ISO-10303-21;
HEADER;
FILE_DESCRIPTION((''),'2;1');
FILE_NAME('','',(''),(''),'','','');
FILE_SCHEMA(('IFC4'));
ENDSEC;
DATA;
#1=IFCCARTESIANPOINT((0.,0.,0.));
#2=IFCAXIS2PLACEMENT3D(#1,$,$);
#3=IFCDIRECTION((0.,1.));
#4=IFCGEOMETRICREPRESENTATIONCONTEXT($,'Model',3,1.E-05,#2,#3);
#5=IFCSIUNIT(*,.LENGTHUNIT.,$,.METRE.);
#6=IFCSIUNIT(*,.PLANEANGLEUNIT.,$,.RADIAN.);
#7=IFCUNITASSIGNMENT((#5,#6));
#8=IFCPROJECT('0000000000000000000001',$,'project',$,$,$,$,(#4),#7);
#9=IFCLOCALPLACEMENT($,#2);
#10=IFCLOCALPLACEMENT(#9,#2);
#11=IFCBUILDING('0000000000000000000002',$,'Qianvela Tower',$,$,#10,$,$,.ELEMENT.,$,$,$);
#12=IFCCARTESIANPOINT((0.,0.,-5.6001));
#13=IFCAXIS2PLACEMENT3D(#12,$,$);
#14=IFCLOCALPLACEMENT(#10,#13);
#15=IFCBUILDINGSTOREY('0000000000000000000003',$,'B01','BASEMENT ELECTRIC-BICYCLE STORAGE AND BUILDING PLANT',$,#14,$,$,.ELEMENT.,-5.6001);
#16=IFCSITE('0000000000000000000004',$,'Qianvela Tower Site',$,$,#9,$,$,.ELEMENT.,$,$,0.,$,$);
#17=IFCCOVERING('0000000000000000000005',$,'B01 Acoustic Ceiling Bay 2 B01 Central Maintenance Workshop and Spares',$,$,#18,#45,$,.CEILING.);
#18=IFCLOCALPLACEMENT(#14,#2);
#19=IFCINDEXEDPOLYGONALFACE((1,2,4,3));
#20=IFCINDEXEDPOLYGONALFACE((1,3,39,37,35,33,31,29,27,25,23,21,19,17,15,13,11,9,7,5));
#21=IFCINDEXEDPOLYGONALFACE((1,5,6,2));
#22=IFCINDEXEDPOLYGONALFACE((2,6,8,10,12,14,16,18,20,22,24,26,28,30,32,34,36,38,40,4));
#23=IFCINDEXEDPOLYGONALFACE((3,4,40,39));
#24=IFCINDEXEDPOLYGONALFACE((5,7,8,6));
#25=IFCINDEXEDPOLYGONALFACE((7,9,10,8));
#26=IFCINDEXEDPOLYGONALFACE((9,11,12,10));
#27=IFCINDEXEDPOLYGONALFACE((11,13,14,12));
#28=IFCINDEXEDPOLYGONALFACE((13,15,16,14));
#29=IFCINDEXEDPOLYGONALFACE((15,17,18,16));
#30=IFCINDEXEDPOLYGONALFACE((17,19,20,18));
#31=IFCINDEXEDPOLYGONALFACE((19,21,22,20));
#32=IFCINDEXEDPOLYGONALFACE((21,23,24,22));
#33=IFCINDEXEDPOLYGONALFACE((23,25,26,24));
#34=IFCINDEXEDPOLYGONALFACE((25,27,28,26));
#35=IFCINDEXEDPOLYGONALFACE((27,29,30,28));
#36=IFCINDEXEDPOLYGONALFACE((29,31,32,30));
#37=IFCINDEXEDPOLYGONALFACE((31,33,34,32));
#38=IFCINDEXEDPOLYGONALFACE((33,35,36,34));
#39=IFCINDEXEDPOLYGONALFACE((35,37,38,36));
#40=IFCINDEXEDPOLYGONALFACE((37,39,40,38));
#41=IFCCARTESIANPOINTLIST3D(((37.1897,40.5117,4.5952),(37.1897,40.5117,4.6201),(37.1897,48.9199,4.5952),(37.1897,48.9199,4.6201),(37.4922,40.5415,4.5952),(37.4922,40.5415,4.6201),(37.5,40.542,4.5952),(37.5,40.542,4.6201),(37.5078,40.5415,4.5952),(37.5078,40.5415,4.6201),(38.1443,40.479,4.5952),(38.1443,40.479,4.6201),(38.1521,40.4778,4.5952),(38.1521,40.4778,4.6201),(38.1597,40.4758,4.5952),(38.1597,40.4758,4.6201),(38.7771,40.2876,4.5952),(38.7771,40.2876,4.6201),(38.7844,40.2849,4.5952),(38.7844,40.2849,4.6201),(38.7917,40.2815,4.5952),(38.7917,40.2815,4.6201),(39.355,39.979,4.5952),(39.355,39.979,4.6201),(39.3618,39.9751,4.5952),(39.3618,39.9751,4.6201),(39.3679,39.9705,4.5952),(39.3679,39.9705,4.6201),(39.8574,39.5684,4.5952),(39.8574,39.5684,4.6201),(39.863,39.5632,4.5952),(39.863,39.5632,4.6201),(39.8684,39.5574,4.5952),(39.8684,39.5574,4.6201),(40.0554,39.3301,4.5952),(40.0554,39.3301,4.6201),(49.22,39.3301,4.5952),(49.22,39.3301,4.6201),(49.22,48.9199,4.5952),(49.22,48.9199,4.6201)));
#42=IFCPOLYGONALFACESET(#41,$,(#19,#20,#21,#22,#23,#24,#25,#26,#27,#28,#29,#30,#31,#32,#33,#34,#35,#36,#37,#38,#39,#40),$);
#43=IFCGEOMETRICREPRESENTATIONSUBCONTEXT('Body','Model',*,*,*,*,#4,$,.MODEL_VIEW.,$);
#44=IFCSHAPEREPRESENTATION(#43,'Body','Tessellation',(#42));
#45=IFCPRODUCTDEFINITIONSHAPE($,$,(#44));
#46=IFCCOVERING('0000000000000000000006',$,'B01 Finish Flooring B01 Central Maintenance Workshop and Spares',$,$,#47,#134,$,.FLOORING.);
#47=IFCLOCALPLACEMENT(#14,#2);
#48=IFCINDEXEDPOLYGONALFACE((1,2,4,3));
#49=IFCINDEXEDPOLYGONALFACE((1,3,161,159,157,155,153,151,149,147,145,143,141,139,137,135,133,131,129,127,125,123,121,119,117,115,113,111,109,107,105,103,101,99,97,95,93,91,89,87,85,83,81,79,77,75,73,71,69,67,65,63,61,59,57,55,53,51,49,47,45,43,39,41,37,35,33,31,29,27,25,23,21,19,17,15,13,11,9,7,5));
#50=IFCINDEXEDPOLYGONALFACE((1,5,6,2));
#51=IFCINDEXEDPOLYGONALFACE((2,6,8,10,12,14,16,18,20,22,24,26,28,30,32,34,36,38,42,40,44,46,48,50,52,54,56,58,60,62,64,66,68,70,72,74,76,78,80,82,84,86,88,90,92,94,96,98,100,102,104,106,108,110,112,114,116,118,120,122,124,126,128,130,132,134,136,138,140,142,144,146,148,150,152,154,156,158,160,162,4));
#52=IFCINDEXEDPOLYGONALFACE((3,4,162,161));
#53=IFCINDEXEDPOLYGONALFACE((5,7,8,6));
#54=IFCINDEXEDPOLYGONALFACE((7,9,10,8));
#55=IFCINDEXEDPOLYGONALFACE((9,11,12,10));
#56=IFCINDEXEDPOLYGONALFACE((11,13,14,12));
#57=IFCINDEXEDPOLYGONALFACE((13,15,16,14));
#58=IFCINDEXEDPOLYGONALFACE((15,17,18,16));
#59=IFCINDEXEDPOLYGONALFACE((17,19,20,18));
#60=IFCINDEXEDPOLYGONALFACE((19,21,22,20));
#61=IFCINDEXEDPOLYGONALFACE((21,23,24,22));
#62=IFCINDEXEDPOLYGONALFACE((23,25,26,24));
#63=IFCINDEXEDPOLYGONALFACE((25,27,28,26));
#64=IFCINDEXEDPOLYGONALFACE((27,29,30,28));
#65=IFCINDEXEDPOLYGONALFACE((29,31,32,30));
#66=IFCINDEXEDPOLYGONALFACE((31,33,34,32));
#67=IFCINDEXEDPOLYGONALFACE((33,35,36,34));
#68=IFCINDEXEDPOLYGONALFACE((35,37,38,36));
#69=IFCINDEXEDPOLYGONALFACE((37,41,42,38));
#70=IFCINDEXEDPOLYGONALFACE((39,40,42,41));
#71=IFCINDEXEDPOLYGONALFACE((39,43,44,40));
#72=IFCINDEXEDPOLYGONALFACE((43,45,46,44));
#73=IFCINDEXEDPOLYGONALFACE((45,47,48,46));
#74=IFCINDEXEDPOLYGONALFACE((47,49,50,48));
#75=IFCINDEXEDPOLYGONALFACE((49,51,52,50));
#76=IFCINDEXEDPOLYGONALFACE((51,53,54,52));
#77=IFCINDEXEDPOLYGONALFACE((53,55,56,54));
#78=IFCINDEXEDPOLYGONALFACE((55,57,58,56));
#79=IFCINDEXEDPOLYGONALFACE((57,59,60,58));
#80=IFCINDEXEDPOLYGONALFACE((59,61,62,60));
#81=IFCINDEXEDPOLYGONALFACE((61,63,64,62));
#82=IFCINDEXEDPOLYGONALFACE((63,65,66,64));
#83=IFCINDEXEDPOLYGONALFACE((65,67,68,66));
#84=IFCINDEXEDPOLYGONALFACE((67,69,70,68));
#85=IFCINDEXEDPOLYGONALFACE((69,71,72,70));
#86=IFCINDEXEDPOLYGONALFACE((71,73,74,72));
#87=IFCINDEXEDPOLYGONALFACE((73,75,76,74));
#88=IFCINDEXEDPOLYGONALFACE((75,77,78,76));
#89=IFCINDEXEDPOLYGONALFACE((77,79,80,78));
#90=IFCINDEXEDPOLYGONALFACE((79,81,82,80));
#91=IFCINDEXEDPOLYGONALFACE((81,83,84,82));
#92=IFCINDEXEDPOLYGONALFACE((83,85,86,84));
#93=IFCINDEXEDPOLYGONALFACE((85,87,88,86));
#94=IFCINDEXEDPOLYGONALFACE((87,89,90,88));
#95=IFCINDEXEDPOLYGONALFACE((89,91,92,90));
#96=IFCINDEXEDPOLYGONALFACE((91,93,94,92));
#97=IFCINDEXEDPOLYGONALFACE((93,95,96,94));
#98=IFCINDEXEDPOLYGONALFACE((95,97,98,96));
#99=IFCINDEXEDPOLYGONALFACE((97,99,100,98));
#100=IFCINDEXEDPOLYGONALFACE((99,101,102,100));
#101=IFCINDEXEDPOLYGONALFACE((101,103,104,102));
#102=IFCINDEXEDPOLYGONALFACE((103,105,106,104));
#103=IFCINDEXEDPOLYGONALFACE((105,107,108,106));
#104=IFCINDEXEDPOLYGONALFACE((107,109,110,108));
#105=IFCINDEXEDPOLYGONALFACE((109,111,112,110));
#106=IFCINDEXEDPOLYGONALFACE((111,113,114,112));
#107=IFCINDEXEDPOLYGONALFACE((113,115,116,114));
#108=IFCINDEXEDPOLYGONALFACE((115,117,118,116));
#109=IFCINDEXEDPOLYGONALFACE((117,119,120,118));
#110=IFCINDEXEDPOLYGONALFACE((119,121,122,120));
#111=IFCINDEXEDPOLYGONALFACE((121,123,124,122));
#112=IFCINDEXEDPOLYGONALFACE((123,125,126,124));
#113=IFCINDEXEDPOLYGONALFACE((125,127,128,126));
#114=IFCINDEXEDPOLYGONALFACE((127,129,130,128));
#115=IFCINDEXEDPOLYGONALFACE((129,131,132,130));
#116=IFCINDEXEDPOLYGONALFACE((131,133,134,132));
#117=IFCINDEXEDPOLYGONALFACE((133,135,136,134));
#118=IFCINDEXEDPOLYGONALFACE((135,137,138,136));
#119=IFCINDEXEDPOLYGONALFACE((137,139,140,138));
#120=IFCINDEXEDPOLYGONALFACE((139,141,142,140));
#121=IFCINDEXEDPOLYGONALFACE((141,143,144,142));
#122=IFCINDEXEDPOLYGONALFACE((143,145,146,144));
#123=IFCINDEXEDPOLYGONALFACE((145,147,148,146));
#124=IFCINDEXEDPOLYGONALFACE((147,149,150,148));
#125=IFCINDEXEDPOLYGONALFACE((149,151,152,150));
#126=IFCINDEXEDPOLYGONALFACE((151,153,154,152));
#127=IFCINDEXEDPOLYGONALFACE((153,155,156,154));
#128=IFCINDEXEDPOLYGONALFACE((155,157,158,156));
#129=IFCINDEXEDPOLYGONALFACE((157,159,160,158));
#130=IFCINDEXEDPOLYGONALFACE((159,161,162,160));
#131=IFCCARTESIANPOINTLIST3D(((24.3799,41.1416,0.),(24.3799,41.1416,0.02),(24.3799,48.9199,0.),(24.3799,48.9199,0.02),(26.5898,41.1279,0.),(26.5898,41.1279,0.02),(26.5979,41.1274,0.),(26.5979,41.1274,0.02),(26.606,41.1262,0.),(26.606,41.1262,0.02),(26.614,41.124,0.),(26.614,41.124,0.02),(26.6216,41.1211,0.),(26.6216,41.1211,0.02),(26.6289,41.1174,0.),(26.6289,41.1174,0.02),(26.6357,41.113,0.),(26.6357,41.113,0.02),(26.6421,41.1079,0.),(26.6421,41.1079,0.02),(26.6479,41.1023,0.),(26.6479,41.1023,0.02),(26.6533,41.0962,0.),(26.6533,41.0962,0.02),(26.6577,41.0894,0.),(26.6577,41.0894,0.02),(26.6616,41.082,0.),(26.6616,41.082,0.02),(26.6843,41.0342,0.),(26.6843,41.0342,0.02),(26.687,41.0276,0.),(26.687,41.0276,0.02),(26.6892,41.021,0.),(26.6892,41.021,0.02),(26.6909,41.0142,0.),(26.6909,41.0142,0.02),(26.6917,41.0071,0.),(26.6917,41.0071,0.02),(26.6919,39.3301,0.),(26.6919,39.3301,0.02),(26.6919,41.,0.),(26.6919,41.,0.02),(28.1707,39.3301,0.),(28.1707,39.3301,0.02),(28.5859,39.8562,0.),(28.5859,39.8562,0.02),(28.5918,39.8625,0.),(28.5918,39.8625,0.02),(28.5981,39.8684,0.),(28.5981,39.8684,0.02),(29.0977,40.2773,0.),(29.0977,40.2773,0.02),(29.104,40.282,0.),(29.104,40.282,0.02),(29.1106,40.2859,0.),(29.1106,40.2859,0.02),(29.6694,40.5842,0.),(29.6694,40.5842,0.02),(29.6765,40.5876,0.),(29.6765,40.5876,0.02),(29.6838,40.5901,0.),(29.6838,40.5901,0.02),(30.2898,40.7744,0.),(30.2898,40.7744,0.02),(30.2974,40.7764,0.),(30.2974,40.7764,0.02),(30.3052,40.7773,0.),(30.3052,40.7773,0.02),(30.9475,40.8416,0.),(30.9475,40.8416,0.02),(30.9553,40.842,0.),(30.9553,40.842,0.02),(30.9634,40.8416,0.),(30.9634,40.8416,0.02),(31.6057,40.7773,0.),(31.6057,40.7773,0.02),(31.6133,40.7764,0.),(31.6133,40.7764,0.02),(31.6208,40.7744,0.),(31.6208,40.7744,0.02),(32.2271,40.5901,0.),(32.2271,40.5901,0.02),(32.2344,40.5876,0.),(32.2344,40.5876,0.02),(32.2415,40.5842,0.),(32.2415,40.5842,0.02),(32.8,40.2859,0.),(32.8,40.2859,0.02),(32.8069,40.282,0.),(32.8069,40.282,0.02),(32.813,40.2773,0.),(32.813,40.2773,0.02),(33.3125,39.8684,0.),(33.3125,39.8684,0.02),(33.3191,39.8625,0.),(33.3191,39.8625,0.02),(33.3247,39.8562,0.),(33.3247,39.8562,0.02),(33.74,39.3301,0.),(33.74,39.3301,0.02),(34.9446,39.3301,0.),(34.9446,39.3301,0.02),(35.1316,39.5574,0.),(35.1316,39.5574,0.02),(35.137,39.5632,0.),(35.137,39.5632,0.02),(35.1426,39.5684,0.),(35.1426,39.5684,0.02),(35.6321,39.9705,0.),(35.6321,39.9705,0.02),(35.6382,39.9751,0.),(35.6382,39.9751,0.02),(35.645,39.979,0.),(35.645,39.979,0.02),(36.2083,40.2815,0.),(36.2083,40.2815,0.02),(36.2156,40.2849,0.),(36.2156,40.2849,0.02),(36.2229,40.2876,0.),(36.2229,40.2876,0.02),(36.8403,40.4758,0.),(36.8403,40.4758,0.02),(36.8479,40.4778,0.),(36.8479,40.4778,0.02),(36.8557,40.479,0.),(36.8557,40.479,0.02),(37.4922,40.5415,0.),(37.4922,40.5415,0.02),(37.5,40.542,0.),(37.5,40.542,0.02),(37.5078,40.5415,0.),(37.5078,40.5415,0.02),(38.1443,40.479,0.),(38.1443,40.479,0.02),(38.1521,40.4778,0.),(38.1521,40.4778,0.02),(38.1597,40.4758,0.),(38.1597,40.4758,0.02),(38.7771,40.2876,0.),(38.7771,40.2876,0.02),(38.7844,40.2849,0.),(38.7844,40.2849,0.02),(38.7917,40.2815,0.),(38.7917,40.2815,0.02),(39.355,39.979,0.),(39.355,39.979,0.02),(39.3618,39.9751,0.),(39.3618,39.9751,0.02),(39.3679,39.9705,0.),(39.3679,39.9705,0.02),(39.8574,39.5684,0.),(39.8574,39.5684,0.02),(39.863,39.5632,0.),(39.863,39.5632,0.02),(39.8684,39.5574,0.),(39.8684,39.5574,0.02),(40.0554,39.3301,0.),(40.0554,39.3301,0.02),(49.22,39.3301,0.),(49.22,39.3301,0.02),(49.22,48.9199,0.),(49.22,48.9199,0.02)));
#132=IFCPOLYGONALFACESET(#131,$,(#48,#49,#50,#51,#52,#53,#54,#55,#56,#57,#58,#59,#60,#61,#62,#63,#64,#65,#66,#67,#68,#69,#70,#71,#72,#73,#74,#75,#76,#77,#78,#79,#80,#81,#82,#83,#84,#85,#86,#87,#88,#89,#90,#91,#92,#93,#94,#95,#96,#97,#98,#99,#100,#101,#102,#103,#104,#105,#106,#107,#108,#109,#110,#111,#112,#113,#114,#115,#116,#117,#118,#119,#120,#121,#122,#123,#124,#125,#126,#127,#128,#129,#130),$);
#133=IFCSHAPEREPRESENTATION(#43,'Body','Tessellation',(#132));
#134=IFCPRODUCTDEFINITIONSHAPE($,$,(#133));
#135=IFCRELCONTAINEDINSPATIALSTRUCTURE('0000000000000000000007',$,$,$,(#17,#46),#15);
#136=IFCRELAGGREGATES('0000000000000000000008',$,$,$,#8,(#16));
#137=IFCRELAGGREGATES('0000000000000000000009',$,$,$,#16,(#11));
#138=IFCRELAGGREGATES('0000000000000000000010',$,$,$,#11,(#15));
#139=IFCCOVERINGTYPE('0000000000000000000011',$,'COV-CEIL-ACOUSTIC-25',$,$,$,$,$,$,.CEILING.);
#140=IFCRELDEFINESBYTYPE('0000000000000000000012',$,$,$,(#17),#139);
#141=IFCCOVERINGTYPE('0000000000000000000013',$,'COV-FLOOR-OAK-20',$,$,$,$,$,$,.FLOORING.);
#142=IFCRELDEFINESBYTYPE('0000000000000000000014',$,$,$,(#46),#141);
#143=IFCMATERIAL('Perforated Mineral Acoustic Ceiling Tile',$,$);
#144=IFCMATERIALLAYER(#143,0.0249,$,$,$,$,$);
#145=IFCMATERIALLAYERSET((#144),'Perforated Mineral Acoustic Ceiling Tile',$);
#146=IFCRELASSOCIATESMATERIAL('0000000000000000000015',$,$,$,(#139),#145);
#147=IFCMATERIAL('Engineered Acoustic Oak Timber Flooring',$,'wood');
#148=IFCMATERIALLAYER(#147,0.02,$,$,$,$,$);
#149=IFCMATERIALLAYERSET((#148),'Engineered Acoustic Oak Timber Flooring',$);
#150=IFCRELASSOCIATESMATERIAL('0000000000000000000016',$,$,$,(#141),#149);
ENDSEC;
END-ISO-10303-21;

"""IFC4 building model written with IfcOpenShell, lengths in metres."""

from ifc_helpers import new_model, si_unit, direction, frame, origin, place, context, subcontext, project, spatial, polyline, outline, extrude, material, layer, layer_set, type_object, element, save


model = new_model("IFC4")

# Units and contexts
model_context = context("Model", 3, precision=1e-05, world=origin(), true_north=direction((0.0, 1.0)))
body_context = subcontext(model_context, "Body", "Model", "MODEL_VIEW")
ifc_project = project(units=[si_unit("LENGTHUNIT", "METRE"), si_unit("PLANEANGLEUNIT", "RADIAN")], contexts=[model_context])

# Site, building, storey
site_placement = place(None, origin())
site = spatial("IfcSite", under=ifc_project, at=site_placement, Name="Qianvela Tower Site", CompositionType="ELEMENT", RefElevation=0.0)
building_placement = place(site_placement, origin())
building = spatial("IfcBuilding", under=site, at=building_placement, Name="Qianvela Tower", CompositionType="ELEMENT")
storey_placement = place(building_placement, frame((0.0, 0.0, -5.6001)))
storey = spatial("IfcBuildingStorey", under=building, at=storey_placement, Name="B01", Description="BASEMENT ELECTRIC-BICYCLE STORAGE AND BUILDING PLANT", CompositionType="ELEMENT", Elevation=-5.6001)

# Coverings
ifc_material_1 = material(Name="Perforated Mineral Acoustic Ceiling Tile")
ifc_layer_1 = layer(ifc_material_1, 0.0249)
ifc_layer_set_1 = layer_set([ifc_layer_1], Name="Perforated Mineral Acoustic Ceiling Tile")
covering_type_1 = type_object("IfcCoveringType", Name="COV-CEIL-ACOUSTIC-25", PredefinedType="CEILING", material=ifc_layer_set_1)
covering_1_placement = place(storey_placement, frame((0.0, 0.0, 4.5952)))
element("IfcCovering", 1, at=covering_1_placement, inside=storey, type_object=covering_type_1, Name="B01 Acoustic Ceiling Bay 2 B01 Central Maintenance Workshop and Spares", PredefinedType="CEILING", context=body_context, shape_type="SweptSolid", body=[
    extrude(outline(polyline([(40.0554, 39.3301), (39.8684, 39.5574), (39.863, 39.5632), (39.8574, 39.5684), (39.3679, 39.9705), (39.3618, 39.9751), (39.355, 39.979), (38.7917, 40.2815), (38.7844, 40.2849), (38.7771, 40.2876), (38.1597, 40.4758), (38.1521, 40.4778), (38.1443, 40.479), (37.5078, 40.5415), (37.5, 40.542), (37.4922, 40.5415), (37.1897, 40.5117), (37.1897, 48.9199), (49.22, 48.9199), (49.22, 39.3301), (40.0554, 39.3301)])), origin(), (0.0, 0.0, 1.0), 0.0249),
])
ifc_material_2 = material(Name="Engineered Acoustic Oak Timber Flooring", Category="wood")
ifc_layer_2 = layer(ifc_material_2, 0.02)
ifc_layer_set_2 = layer_set([ifc_layer_2], Name="Engineered Acoustic Oak Timber Flooring")
covering_type_2 = type_object("IfcCoveringType", Name="COV-FLOOR-OAK-20", PredefinedType="FLOORING", material=ifc_layer_set_2)
covering_2_placement = place(storey_placement, origin())
element("IfcCovering", 2, at=covering_2_placement, inside=storey, type_object=covering_type_2, Name="B01 Finish Flooring B01 Central Maintenance Workshop and Spares", PredefinedType="FLOORING", context=body_context, shape_type="SweptSolid", body=[
    extrude(outline(polyline([(49.22, 39.3301), (40.0554, 39.3301), (39.8684, 39.5574), (39.863, 39.5632), (39.8574, 39.5684), (39.3679, 39.9705), (39.3618, 39.9751), (39.355, 39.979), (38.7917, 40.2815), (38.7844, 40.2849), (38.7771, 40.2876), (38.1597, 40.4758), (38.1521, 40.4778), (38.1443, 40.479), (37.5078, 40.5415), (37.5, 40.542), (37.4922, 40.5415), (36.8557, 40.479), (36.8479, 40.4778), (36.8403, 40.4758), (36.2229, 40.2876), (36.2156, 40.2849), (36.2083, 40.2815), (35.645, 39.979), (35.6382, 39.9751), (35.6321, 39.9705), (35.1426, 39.5684), (35.137, 39.5632), (35.1316, 39.5574), (34.9446, 39.3301), (33.74, 39.3301), (33.3247, 39.8562), (33.3191, 39.8625), (33.3125, 39.8684), (32.813, 40.2773), (32.8069, 40.282), (32.8, 40.2859), (32.2415, 40.5842), (32.2344, 40.5876), (32.2271, 40.5901), (31.6208, 40.7744), (31.6133, 40.7764), (31.6057, 40.7773), (30.9634, 40.8416), (30.9553, 40.842), (30.9475, 40.8416), (30.3052, 40.7773), (30.2974, 40.7764), (30.2898, 40.7744), (29.6838, 40.5901), (29.6765, 40.5876), (29.6694, 40.5842), (29.1106, 40.2859), (29.104, 40.282), (29.0977, 40.2773), (28.5981, 39.8684), (28.5918, 39.8625), (28.5859, 39.8562), (28.1707, 39.3301), (26.6919, 39.3301), (26.6919, 41.0), (26.6917, 41.0071), (26.6909, 41.0142), (26.6892, 41.021), (26.687, 41.0276), (26.6843, 41.0342), (26.6616, 41.082), (26.6577, 41.0894), (26.6533, 41.0962), (26.6479, 41.1023), (26.6421, 41.1079), (26.6357, 41.113), (26.6289, 41.1174), (26.6216, 41.1211), (26.614, 41.124), (26.606, 41.1262), (26.5979, 41.1274), (26.5898, 41.1279), (24.3799, 41.1416), (24.3799, 48.9199), (49.22, 48.9199), (49.22, 39.3301)])), origin(), (0.0, 0.0, 1.0), 0.02),
])

save(model, "model.ifc")
